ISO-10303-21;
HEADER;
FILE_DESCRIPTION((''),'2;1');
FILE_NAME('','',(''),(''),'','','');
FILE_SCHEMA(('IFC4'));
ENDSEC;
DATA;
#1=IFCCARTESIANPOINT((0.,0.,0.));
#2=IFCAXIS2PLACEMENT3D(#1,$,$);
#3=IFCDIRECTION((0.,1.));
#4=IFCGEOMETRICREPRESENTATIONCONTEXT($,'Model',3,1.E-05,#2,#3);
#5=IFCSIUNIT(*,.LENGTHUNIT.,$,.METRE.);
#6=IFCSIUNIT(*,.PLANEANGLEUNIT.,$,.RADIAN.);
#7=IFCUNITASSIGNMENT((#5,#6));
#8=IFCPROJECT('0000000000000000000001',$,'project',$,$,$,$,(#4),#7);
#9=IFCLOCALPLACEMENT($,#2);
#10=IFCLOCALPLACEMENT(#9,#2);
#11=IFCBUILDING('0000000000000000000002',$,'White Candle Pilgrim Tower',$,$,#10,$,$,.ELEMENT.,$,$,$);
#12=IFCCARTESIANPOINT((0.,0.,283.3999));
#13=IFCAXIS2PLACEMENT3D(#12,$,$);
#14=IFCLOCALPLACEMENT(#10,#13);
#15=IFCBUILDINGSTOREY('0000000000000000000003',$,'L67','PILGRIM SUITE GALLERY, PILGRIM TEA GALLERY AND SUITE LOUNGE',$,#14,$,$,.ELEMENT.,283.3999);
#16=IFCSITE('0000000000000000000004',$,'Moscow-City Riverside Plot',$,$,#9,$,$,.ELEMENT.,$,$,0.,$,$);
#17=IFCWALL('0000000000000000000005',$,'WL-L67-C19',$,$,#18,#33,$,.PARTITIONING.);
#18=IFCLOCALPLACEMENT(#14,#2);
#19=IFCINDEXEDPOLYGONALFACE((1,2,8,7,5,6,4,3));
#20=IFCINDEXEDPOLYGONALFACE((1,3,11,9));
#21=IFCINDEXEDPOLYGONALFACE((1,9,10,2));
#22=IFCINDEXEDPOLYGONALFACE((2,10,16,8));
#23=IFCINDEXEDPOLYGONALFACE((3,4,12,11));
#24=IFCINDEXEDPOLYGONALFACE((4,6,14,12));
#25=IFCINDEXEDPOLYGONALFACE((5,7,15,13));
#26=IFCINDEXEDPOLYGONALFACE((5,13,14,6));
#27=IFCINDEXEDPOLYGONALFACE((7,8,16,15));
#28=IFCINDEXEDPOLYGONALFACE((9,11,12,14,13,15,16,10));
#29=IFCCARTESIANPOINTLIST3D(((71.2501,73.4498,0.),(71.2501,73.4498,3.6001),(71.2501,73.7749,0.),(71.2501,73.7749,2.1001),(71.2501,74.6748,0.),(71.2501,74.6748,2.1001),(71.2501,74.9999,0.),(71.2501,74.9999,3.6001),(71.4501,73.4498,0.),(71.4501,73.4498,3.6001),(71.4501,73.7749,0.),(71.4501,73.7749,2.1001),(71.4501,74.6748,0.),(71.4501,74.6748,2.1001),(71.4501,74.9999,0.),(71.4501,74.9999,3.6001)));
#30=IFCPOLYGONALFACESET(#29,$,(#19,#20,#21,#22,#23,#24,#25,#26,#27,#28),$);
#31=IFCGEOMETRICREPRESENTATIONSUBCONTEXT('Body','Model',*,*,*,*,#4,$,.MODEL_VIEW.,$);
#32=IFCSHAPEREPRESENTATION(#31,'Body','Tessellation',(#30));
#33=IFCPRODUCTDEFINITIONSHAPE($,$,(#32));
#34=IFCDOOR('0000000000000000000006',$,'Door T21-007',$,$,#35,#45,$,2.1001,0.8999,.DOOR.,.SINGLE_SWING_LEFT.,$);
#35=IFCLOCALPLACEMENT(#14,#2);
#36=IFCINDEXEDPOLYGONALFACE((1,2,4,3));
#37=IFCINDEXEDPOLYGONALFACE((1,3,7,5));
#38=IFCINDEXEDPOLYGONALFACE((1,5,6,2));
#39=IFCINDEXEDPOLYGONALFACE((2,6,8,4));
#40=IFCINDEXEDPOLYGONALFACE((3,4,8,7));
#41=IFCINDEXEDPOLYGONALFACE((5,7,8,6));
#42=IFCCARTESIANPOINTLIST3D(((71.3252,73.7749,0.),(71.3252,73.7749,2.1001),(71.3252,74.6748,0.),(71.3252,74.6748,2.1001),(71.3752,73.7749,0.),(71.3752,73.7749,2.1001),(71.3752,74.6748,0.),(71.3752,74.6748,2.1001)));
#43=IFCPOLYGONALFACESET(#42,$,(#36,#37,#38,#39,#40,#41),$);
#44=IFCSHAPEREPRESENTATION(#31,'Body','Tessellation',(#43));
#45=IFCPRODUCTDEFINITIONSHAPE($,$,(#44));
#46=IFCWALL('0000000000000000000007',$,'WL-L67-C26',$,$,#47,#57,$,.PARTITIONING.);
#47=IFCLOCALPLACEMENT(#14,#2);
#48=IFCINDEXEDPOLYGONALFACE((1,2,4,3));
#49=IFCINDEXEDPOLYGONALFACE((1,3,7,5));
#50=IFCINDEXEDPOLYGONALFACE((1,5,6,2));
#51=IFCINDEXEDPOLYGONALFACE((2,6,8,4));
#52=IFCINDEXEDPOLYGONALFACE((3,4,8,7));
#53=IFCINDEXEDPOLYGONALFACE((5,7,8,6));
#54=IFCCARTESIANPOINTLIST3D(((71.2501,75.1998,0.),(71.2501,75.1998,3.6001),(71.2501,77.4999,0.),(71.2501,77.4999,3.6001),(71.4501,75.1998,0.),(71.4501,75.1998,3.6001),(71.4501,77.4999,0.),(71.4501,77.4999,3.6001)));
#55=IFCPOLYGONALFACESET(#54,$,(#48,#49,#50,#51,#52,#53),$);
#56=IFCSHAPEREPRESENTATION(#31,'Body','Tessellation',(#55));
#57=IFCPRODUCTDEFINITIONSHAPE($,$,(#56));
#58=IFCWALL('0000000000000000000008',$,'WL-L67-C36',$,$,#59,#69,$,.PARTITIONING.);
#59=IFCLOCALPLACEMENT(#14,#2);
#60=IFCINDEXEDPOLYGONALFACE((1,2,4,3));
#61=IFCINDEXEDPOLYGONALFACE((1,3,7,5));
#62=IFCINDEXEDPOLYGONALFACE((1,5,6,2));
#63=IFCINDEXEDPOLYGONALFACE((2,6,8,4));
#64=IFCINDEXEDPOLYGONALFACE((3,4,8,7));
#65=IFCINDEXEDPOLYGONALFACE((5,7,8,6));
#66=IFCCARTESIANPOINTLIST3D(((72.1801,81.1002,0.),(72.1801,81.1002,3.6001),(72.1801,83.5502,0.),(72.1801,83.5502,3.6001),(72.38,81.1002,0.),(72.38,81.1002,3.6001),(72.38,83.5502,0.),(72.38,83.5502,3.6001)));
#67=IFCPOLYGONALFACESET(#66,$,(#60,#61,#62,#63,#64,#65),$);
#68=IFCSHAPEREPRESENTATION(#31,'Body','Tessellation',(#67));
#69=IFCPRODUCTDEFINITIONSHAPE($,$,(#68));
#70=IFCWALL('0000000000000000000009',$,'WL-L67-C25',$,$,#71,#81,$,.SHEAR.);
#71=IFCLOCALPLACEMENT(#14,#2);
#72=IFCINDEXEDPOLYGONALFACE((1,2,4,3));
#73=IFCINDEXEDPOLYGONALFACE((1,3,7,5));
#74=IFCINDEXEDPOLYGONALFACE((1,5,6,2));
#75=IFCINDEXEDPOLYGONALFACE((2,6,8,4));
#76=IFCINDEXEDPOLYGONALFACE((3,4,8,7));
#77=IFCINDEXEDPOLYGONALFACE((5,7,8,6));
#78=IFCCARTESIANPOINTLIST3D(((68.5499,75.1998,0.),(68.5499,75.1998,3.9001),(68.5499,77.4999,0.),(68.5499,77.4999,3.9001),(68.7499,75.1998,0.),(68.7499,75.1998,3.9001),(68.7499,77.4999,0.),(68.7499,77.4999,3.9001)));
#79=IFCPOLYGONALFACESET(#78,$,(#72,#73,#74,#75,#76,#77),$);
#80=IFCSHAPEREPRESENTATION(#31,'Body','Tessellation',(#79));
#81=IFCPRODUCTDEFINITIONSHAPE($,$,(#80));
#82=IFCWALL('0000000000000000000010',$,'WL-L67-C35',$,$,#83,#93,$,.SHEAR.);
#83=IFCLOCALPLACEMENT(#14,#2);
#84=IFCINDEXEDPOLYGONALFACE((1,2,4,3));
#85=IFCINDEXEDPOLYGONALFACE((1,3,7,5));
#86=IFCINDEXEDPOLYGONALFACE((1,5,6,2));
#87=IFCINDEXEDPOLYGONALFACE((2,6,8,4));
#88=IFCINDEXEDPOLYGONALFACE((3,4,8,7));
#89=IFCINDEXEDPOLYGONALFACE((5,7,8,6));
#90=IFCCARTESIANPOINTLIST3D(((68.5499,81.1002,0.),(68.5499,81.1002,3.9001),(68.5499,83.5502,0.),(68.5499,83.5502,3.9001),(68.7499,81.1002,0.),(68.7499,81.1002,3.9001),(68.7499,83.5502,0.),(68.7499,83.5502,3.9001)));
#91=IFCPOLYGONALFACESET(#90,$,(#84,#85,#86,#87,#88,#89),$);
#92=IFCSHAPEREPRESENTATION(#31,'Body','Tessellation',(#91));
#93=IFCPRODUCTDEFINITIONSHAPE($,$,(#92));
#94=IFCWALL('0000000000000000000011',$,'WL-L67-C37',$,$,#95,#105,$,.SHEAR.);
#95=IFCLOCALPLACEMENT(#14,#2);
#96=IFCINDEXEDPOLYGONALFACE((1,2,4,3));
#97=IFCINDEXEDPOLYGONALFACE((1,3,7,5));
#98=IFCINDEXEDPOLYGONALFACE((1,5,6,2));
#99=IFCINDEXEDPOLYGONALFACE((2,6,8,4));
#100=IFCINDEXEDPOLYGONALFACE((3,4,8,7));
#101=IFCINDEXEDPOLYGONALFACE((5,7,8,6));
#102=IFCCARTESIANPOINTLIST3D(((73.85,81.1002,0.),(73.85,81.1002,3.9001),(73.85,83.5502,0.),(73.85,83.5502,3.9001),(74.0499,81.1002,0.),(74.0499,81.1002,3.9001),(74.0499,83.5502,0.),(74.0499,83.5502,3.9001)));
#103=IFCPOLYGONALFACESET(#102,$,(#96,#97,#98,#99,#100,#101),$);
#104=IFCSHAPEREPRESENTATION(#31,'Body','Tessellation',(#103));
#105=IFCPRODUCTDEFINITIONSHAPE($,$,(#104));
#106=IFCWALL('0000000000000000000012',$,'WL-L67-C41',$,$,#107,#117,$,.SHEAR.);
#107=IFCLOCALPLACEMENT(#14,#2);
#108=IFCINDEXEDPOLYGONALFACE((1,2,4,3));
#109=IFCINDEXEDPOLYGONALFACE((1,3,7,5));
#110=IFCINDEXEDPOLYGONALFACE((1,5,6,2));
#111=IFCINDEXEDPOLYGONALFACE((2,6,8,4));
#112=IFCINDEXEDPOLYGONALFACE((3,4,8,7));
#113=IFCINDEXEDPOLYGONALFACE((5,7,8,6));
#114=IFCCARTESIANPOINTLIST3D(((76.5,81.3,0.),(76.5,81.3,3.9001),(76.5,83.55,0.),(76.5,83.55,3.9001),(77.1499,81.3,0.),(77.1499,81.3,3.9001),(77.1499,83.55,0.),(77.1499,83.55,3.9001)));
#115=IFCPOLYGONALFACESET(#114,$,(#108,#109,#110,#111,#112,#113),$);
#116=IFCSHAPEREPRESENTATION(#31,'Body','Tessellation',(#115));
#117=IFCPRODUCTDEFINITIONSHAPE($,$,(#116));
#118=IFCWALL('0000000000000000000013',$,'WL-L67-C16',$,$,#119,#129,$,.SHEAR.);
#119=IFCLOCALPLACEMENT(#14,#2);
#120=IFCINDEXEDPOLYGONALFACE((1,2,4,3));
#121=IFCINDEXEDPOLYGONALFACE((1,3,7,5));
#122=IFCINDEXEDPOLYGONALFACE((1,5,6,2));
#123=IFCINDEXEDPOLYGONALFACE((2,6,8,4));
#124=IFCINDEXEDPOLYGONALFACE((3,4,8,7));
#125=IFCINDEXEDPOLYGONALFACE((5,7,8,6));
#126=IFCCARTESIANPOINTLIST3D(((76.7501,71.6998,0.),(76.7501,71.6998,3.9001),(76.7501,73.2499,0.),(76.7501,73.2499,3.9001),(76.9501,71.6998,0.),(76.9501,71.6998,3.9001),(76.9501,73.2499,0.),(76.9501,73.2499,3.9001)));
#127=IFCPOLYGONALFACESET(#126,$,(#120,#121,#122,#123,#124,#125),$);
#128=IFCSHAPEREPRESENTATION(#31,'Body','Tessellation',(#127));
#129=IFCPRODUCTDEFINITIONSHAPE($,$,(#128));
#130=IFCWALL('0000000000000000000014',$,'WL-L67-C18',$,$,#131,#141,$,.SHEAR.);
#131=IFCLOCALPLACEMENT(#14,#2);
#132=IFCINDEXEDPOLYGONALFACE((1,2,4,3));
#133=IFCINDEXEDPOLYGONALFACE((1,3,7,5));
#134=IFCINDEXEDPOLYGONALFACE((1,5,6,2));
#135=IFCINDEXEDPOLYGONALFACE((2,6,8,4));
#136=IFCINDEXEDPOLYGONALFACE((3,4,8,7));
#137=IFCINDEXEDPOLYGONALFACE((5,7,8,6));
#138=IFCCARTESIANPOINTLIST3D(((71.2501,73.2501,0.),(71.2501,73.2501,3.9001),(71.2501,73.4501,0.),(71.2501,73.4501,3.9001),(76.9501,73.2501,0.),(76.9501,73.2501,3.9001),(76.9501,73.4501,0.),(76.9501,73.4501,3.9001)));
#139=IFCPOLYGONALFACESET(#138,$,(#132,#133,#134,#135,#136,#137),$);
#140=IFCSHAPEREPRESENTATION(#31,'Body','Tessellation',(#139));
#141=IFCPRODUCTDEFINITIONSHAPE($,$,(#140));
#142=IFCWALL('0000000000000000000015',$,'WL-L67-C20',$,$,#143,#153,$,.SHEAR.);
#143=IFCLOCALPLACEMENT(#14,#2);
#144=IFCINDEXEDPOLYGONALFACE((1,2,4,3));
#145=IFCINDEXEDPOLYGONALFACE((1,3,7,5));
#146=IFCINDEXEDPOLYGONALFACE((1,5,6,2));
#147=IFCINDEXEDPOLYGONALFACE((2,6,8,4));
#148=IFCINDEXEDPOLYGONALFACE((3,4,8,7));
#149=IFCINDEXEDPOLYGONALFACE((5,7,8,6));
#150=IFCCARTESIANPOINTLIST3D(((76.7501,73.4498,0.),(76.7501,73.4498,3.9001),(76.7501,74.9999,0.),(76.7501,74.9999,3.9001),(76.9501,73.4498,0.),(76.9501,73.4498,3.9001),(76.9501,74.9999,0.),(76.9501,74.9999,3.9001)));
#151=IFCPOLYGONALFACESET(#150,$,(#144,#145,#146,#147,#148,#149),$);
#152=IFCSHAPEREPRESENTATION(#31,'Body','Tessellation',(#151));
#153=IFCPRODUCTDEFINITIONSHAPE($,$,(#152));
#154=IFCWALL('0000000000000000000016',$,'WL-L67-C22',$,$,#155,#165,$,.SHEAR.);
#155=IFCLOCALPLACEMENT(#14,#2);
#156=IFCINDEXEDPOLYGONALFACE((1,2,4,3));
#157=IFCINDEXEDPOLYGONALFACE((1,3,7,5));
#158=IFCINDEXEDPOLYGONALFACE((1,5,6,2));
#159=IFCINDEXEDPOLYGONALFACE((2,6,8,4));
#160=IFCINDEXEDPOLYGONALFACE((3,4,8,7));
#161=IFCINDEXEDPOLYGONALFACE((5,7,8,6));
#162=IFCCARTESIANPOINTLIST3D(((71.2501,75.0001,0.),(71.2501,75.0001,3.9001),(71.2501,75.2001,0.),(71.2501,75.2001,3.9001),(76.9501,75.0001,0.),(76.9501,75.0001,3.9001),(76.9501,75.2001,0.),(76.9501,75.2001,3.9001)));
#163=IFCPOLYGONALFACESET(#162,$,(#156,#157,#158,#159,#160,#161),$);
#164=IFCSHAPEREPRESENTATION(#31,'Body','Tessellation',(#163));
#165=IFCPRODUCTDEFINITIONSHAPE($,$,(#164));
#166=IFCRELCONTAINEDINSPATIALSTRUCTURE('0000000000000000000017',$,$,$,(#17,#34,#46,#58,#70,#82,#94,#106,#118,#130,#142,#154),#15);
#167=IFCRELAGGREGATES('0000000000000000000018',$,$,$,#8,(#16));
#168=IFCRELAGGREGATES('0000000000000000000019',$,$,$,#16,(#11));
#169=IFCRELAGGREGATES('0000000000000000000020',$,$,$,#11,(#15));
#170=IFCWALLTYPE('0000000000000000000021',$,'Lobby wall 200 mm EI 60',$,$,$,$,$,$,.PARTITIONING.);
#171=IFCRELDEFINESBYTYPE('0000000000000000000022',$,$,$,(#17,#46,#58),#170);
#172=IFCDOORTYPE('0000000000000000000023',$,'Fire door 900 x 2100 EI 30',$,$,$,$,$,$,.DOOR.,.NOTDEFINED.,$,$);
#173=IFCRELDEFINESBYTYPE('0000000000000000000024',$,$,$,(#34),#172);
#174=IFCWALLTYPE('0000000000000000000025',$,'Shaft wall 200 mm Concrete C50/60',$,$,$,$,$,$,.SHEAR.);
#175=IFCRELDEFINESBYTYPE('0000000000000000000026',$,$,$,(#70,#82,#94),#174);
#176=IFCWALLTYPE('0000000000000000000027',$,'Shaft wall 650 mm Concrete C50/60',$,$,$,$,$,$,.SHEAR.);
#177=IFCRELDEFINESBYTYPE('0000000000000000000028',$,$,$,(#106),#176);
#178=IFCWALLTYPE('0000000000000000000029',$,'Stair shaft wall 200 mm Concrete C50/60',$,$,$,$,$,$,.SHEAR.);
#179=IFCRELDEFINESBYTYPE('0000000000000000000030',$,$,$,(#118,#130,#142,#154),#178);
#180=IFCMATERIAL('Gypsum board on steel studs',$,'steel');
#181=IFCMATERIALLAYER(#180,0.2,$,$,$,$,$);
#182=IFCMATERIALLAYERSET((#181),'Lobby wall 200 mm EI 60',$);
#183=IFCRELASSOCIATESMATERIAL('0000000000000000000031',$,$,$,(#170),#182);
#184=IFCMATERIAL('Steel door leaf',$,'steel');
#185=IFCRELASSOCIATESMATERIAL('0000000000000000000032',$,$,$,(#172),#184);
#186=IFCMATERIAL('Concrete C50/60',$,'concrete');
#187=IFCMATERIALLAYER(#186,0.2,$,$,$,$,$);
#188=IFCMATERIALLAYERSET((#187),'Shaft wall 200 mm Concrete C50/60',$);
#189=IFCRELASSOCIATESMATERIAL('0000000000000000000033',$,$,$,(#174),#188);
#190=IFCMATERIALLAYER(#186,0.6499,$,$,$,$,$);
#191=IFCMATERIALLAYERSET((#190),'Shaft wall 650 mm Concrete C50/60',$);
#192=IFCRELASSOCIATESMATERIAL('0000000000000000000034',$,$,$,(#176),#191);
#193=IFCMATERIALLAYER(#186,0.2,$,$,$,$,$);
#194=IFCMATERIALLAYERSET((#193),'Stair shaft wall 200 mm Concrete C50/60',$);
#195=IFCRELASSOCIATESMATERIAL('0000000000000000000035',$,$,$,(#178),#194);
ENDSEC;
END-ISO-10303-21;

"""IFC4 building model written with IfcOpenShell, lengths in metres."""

from ifc_helpers import new_model, si_unit, direction, frame, frame_2d, origin, place, context, subcontext, project, spatial, rectangle, extrude, material, layer, layer_set, type_object, element, fill, save


model = new_model("IFC4")

# Units and contexts
model_context = context("Model", 3, precision=1e-05, world=origin(), true_north=direction((0.0, 1.0)))
body_context = subcontext(model_context, "Body", "Model", "MODEL_VIEW")
ifc_project = project(units=[si_unit("LENGTHUNIT", "METRE"), si_unit("PLANEANGLEUNIT", "RADIAN")], contexts=[model_context])

# Site, building, storey
site_placement = place(None, origin())
site = spatial("IfcSite", under=ifc_project, at=site_placement, Name="Moscow-City Riverside Plot", CompositionType="ELEMENT", RefElevation=0.0)
building_placement = place(site_placement, origin())
building = spatial("IfcBuilding", under=site, at=building_placement, Name="White Candle Pilgrim Tower", CompositionType="ELEMENT")
storey_placement = place(building_placement, frame((0.0, 0.0, 283.3999)))
storey = spatial("IfcBuildingStorey", under=building, at=storey_placement, Name="L67", Description="PILGRIM SUITE GALLERY, PILGRIM TEA GALLERY AND SUITE LOUNGE", CompositionType="ELEMENT", Elevation=283.3999)

# Shared definitions
ifc_material_1 = material(Name="Concrete C50/60", Category="concrete")

# Wall, opening, door
ifc_material_2 = material(Name="Gypsum board on steel studs", Category="steel")
ifc_layer_1 = layer(ifc_material_2, 0.2)
ifc_layer_set_1 = layer_set([ifc_layer_1], Name="Lobby wall 200 mm EI 60")
wall_type_1 = type_object("IfcWallType", Name="Lobby wall 200 mm EI 60", PredefinedType="PARTITIONING", material=ifc_layer_set_1)
ifc_material_3 = material(Name="Steel door leaf", Category="steel")
door_type = type_object("IfcDoorType", Name="Fire door 900 x 2100 EI 30", OperationType="NOTDEFINED", PredefinedType="DOOR", material=ifc_material_3)
wall_1_placement = place(storey_placement, frame((71.3501, 73.45, 0.0), z_axis=(0.0, 0.0, 1.0), x_axis=(0.0, 1.0, 0.0)))
wall_1 = element("IfcWall", 1, at=wall_1_placement, inside=storey, type_object=wall_type_1, Name="WL-L67-C19", PredefinedType="PARTITIONING", context=body_context, shape_type="SweptSolid", body=[
    extrude(rectangle(XDim=1.55, YDim=0.2, at=frame_2d((0.7749, 0.0))), origin(), (0.0, 0.0, 1.0), 3.6001),
])
opening_1_placement = place(wall_1_placement, frame((0.325, 0.0, 0.0)))
opening_1 = element("IfcOpeningElement", 2, at=opening_1_placement, cuts=wall_1, PredefinedType="OPENING", context=body_context, shape_type="SweptSolid", body=[
    extrude(rectangle(XDim=0.8999, YDim=2.1001, at=frame_2d((0.45, 1.05))), frame((0.0, 0.1099, 0.0), z_axis=(0.0, -1.0, 0.0), x_axis=(1.0, 0.0, 0.0)), (0.0, 0.0, 1.0), 0.22),
])
door_1_placement = place(opening_1_placement, origin())
door_1 = element("IfcDoor", 3, at=door_1_placement, inside=storey, type_object=door_type, Name="Door T21-007", OperationType="SINGLE_SWING_LEFT", OverallHeight=2.1001, OverallWidth=0.8999, PredefinedType="DOOR", context=body_context, shape_type="SweptSolid", body=[
    extrude(rectangle(XDim=0.8999, YDim=2.1001, at=frame_2d((0.45, 1.05))), frame((0.0, 0.0249, 0.0), z_axis=(0.0, -1.0, 0.0), x_axis=(1.0, 0.0, 0.0)), (0.0, 0.0, 1.0), 0.05),
])
fill(opening_1, door_1)

# Walls
wall_2_placement = place(storey_placement, frame((71.3501, 75.2, 0.0), z_axis=(0.0, 0.0, 1.0), x_axis=(0.0, 1.0, 0.0)))
element("IfcWall", 4, at=wall_2_placement, inside=storey, type_object=wall_type_1, Name="WL-L67-C26", PredefinedType="PARTITIONING", context=body_context, shape_type="SweptSolid", body=[
    extrude(rectangle(XDim=2.3, YDim=0.2, at=frame_2d((1.1499, 0.0))), origin(), (0.0, 0.0, 1.0), 3.6001),
])
wall_3_placement = place(storey_placement, frame((72.28, 81.1001, 0.0), z_axis=(0.0, 0.0, 1.0), x_axis=(0.0, 1.0, 0.0)))
element("IfcWall", 5, at=wall_3_placement, inside=storey, type_object=wall_type_1, Name="WL-L67-C36", PredefinedType="PARTITIONING", context=body_context, shape_type="SweptSolid", body=[
    extrude(rectangle(XDim=2.45, YDim=0.2, at=frame_2d((1.2251, 0.0))), origin(), (0.0, 0.0, 1.0), 3.6001),
])
ifc_layer_2 = layer(ifc_material_1, 0.2)
ifc_layer_set_2 = layer_set([ifc_layer_2], Name="Shaft wall 200 mm Concrete C50/60")
wall_type_2 = type_object("IfcWallType", Name="Shaft wall 200 mm Concrete C50/60", PredefinedType="SHEAR", material=ifc_layer_set_2)
wall_4_placement = place(storey_placement, frame((68.6499, 75.2, 0.0), z_axis=(0.0, 0.0, 1.0), x_axis=(0.0, 1.0, 0.0)))
element("IfcWall", 6, at=wall_4_placement, inside=storey, type_object=wall_type_2, Name="WL-L67-C25", PredefinedType="SHEAR", context=body_context, shape_type="SweptSolid", body=[
    extrude(rectangle(XDim=2.3, YDim=0.2, at=frame_2d((1.1499, 0.0))), origin(), (0.0, 0.0, 1.0), 3.9001),
])
for number, where, z_axis, x_axis, name in (
    (7, (68.6499, 81.1001, 0.0), (0.0, 0.0, 1.0), (0.0, 1.0, 0.0), "WL-L67-C35"),
    (8, (73.95, 81.1001, 0.0), (0.0, 0.0, 1.0), (0.0, 1.0, 0.0), "WL-L67-C37"),
):
    element("IfcWall", number, at=place(storey_placement, frame(where, z_axis=z_axis, x_axis=x_axis)), inside=storey, type_object=wall_type_2, Name=name, PredefinedType="SHEAR", context=body_context, shape_type="SweptSolid", body=[
        extrude(rectangle(XDim=2.45, YDim=0.2, at=frame_2d((1.2251, 0.0))), origin(), (0.0, 0.0, 1.0), 3.9001),
    ])
ifc_layer_3 = layer(ifc_material_1, 0.6499)
ifc_layer_set_3 = layer_set([ifc_layer_3], Name="Shaft wall 650 mm Concrete C50/60")
wall_type_3 = type_object("IfcWallType", Name="Shaft wall 650 mm Concrete C50/60", PredefinedType="SHEAR", material=ifc_layer_set_3)
wall_5_placement = place(storey_placement, frame((76.825, 81.3, 0.0), z_axis=(0.0, 0.0, 1.0), x_axis=(0.0, 1.0, 0.0)))
element("IfcWall", 9, at=wall_5_placement, inside=storey, type_object=wall_type_3, Name="WL-L67-C41", PredefinedType="SHEAR", context=body_context, shape_type="SweptSolid", body=[
    extrude(rectangle(XDim=2.25, YDim=0.6499, at=frame_2d((1.125, 0.0))), origin(), (0.0, 0.0, 1.0), 3.9001),
])
ifc_layer_4 = layer(ifc_material_1, 0.2)
ifc_layer_set_4 = layer_set([ifc_layer_4], Name="Stair shaft wall 200 mm Concrete C50/60")
wall_type_4 = type_object("IfcWallType", Name="Stair shaft wall 200 mm Concrete C50/60", PredefinedType="SHEAR", material=ifc_layer_set_4)
wall_6_placement = place(storey_placement, frame((76.8501, 71.7, 0.0), z_axis=(0.0, 0.0, 1.0), x_axis=(0.0, 1.0, 0.0)))
element("IfcWall", 10, at=wall_6_placement, inside=storey, type_object=wall_type_4, Name="WL-L67-C16", PredefinedType="SHEAR", context=body_context, shape_type="SweptSolid", body=[
    extrude(rectangle(XDim=1.55, YDim=0.2, at=frame_2d((0.7749, 0.0))), origin(), (0.0, 0.0, 1.0), 3.9001),
])
wall_7_placement = place(storey_placement, frame((71.25, 73.3501, 0.0), z_axis=(0.0, 0.0, 1.0), x_axis=(1.0, 0.0, 0.0)))
element("IfcWall", 11, at=wall_7_placement, inside=storey, type_object=wall_type_4, Name="WL-L67-C18", PredefinedType="SHEAR", context=body_context, shape_type="SweptSolid", body=[
    extrude(rectangle(XDim=5.7, YDim=0.2, at=frame_2d((2.8501, 0.0))), origin(), (0.0, 0.0, 1.0), 3.9001),
])
wall_8_placement = place(storey_placement, frame((76.8501, 73.45, 0.0), z_axis=(0.0, 0.0, 1.0), x_axis=(0.0, 1.0, 0.0)))
element("IfcWall", 12, at=wall_8_placement, inside=storey, type_object=wall_type_4, Name="WL-L67-C20", PredefinedType="SHEAR", context=body_context, shape_type="SweptSolid", body=[
    extrude(rectangle(XDim=1.55, YDim=0.2, at=frame_2d((0.7749, 0.0))), origin(), (0.0, 0.0, 1.0), 3.9001),
])
wall_9_placement = place(storey_placement, frame((71.25, 75.1001, 0.0), z_axis=(0.0, 0.0, 1.0), x_axis=(1.0, 0.0, 0.0)))
element("IfcWall", 13, at=wall_9_placement, inside=storey, type_object=wall_type_4, Name="WL-L67-C22", PredefinedType="SHEAR", context=body_context, shape_type="SweptSolid", body=[
    extrude(rectangle(XDim=5.7, YDim=0.2, at=frame_2d((2.8501, 0.0))), origin(), (0.0, 0.0, 1.0), 3.9001),
])

save(model, "model.ifc")
